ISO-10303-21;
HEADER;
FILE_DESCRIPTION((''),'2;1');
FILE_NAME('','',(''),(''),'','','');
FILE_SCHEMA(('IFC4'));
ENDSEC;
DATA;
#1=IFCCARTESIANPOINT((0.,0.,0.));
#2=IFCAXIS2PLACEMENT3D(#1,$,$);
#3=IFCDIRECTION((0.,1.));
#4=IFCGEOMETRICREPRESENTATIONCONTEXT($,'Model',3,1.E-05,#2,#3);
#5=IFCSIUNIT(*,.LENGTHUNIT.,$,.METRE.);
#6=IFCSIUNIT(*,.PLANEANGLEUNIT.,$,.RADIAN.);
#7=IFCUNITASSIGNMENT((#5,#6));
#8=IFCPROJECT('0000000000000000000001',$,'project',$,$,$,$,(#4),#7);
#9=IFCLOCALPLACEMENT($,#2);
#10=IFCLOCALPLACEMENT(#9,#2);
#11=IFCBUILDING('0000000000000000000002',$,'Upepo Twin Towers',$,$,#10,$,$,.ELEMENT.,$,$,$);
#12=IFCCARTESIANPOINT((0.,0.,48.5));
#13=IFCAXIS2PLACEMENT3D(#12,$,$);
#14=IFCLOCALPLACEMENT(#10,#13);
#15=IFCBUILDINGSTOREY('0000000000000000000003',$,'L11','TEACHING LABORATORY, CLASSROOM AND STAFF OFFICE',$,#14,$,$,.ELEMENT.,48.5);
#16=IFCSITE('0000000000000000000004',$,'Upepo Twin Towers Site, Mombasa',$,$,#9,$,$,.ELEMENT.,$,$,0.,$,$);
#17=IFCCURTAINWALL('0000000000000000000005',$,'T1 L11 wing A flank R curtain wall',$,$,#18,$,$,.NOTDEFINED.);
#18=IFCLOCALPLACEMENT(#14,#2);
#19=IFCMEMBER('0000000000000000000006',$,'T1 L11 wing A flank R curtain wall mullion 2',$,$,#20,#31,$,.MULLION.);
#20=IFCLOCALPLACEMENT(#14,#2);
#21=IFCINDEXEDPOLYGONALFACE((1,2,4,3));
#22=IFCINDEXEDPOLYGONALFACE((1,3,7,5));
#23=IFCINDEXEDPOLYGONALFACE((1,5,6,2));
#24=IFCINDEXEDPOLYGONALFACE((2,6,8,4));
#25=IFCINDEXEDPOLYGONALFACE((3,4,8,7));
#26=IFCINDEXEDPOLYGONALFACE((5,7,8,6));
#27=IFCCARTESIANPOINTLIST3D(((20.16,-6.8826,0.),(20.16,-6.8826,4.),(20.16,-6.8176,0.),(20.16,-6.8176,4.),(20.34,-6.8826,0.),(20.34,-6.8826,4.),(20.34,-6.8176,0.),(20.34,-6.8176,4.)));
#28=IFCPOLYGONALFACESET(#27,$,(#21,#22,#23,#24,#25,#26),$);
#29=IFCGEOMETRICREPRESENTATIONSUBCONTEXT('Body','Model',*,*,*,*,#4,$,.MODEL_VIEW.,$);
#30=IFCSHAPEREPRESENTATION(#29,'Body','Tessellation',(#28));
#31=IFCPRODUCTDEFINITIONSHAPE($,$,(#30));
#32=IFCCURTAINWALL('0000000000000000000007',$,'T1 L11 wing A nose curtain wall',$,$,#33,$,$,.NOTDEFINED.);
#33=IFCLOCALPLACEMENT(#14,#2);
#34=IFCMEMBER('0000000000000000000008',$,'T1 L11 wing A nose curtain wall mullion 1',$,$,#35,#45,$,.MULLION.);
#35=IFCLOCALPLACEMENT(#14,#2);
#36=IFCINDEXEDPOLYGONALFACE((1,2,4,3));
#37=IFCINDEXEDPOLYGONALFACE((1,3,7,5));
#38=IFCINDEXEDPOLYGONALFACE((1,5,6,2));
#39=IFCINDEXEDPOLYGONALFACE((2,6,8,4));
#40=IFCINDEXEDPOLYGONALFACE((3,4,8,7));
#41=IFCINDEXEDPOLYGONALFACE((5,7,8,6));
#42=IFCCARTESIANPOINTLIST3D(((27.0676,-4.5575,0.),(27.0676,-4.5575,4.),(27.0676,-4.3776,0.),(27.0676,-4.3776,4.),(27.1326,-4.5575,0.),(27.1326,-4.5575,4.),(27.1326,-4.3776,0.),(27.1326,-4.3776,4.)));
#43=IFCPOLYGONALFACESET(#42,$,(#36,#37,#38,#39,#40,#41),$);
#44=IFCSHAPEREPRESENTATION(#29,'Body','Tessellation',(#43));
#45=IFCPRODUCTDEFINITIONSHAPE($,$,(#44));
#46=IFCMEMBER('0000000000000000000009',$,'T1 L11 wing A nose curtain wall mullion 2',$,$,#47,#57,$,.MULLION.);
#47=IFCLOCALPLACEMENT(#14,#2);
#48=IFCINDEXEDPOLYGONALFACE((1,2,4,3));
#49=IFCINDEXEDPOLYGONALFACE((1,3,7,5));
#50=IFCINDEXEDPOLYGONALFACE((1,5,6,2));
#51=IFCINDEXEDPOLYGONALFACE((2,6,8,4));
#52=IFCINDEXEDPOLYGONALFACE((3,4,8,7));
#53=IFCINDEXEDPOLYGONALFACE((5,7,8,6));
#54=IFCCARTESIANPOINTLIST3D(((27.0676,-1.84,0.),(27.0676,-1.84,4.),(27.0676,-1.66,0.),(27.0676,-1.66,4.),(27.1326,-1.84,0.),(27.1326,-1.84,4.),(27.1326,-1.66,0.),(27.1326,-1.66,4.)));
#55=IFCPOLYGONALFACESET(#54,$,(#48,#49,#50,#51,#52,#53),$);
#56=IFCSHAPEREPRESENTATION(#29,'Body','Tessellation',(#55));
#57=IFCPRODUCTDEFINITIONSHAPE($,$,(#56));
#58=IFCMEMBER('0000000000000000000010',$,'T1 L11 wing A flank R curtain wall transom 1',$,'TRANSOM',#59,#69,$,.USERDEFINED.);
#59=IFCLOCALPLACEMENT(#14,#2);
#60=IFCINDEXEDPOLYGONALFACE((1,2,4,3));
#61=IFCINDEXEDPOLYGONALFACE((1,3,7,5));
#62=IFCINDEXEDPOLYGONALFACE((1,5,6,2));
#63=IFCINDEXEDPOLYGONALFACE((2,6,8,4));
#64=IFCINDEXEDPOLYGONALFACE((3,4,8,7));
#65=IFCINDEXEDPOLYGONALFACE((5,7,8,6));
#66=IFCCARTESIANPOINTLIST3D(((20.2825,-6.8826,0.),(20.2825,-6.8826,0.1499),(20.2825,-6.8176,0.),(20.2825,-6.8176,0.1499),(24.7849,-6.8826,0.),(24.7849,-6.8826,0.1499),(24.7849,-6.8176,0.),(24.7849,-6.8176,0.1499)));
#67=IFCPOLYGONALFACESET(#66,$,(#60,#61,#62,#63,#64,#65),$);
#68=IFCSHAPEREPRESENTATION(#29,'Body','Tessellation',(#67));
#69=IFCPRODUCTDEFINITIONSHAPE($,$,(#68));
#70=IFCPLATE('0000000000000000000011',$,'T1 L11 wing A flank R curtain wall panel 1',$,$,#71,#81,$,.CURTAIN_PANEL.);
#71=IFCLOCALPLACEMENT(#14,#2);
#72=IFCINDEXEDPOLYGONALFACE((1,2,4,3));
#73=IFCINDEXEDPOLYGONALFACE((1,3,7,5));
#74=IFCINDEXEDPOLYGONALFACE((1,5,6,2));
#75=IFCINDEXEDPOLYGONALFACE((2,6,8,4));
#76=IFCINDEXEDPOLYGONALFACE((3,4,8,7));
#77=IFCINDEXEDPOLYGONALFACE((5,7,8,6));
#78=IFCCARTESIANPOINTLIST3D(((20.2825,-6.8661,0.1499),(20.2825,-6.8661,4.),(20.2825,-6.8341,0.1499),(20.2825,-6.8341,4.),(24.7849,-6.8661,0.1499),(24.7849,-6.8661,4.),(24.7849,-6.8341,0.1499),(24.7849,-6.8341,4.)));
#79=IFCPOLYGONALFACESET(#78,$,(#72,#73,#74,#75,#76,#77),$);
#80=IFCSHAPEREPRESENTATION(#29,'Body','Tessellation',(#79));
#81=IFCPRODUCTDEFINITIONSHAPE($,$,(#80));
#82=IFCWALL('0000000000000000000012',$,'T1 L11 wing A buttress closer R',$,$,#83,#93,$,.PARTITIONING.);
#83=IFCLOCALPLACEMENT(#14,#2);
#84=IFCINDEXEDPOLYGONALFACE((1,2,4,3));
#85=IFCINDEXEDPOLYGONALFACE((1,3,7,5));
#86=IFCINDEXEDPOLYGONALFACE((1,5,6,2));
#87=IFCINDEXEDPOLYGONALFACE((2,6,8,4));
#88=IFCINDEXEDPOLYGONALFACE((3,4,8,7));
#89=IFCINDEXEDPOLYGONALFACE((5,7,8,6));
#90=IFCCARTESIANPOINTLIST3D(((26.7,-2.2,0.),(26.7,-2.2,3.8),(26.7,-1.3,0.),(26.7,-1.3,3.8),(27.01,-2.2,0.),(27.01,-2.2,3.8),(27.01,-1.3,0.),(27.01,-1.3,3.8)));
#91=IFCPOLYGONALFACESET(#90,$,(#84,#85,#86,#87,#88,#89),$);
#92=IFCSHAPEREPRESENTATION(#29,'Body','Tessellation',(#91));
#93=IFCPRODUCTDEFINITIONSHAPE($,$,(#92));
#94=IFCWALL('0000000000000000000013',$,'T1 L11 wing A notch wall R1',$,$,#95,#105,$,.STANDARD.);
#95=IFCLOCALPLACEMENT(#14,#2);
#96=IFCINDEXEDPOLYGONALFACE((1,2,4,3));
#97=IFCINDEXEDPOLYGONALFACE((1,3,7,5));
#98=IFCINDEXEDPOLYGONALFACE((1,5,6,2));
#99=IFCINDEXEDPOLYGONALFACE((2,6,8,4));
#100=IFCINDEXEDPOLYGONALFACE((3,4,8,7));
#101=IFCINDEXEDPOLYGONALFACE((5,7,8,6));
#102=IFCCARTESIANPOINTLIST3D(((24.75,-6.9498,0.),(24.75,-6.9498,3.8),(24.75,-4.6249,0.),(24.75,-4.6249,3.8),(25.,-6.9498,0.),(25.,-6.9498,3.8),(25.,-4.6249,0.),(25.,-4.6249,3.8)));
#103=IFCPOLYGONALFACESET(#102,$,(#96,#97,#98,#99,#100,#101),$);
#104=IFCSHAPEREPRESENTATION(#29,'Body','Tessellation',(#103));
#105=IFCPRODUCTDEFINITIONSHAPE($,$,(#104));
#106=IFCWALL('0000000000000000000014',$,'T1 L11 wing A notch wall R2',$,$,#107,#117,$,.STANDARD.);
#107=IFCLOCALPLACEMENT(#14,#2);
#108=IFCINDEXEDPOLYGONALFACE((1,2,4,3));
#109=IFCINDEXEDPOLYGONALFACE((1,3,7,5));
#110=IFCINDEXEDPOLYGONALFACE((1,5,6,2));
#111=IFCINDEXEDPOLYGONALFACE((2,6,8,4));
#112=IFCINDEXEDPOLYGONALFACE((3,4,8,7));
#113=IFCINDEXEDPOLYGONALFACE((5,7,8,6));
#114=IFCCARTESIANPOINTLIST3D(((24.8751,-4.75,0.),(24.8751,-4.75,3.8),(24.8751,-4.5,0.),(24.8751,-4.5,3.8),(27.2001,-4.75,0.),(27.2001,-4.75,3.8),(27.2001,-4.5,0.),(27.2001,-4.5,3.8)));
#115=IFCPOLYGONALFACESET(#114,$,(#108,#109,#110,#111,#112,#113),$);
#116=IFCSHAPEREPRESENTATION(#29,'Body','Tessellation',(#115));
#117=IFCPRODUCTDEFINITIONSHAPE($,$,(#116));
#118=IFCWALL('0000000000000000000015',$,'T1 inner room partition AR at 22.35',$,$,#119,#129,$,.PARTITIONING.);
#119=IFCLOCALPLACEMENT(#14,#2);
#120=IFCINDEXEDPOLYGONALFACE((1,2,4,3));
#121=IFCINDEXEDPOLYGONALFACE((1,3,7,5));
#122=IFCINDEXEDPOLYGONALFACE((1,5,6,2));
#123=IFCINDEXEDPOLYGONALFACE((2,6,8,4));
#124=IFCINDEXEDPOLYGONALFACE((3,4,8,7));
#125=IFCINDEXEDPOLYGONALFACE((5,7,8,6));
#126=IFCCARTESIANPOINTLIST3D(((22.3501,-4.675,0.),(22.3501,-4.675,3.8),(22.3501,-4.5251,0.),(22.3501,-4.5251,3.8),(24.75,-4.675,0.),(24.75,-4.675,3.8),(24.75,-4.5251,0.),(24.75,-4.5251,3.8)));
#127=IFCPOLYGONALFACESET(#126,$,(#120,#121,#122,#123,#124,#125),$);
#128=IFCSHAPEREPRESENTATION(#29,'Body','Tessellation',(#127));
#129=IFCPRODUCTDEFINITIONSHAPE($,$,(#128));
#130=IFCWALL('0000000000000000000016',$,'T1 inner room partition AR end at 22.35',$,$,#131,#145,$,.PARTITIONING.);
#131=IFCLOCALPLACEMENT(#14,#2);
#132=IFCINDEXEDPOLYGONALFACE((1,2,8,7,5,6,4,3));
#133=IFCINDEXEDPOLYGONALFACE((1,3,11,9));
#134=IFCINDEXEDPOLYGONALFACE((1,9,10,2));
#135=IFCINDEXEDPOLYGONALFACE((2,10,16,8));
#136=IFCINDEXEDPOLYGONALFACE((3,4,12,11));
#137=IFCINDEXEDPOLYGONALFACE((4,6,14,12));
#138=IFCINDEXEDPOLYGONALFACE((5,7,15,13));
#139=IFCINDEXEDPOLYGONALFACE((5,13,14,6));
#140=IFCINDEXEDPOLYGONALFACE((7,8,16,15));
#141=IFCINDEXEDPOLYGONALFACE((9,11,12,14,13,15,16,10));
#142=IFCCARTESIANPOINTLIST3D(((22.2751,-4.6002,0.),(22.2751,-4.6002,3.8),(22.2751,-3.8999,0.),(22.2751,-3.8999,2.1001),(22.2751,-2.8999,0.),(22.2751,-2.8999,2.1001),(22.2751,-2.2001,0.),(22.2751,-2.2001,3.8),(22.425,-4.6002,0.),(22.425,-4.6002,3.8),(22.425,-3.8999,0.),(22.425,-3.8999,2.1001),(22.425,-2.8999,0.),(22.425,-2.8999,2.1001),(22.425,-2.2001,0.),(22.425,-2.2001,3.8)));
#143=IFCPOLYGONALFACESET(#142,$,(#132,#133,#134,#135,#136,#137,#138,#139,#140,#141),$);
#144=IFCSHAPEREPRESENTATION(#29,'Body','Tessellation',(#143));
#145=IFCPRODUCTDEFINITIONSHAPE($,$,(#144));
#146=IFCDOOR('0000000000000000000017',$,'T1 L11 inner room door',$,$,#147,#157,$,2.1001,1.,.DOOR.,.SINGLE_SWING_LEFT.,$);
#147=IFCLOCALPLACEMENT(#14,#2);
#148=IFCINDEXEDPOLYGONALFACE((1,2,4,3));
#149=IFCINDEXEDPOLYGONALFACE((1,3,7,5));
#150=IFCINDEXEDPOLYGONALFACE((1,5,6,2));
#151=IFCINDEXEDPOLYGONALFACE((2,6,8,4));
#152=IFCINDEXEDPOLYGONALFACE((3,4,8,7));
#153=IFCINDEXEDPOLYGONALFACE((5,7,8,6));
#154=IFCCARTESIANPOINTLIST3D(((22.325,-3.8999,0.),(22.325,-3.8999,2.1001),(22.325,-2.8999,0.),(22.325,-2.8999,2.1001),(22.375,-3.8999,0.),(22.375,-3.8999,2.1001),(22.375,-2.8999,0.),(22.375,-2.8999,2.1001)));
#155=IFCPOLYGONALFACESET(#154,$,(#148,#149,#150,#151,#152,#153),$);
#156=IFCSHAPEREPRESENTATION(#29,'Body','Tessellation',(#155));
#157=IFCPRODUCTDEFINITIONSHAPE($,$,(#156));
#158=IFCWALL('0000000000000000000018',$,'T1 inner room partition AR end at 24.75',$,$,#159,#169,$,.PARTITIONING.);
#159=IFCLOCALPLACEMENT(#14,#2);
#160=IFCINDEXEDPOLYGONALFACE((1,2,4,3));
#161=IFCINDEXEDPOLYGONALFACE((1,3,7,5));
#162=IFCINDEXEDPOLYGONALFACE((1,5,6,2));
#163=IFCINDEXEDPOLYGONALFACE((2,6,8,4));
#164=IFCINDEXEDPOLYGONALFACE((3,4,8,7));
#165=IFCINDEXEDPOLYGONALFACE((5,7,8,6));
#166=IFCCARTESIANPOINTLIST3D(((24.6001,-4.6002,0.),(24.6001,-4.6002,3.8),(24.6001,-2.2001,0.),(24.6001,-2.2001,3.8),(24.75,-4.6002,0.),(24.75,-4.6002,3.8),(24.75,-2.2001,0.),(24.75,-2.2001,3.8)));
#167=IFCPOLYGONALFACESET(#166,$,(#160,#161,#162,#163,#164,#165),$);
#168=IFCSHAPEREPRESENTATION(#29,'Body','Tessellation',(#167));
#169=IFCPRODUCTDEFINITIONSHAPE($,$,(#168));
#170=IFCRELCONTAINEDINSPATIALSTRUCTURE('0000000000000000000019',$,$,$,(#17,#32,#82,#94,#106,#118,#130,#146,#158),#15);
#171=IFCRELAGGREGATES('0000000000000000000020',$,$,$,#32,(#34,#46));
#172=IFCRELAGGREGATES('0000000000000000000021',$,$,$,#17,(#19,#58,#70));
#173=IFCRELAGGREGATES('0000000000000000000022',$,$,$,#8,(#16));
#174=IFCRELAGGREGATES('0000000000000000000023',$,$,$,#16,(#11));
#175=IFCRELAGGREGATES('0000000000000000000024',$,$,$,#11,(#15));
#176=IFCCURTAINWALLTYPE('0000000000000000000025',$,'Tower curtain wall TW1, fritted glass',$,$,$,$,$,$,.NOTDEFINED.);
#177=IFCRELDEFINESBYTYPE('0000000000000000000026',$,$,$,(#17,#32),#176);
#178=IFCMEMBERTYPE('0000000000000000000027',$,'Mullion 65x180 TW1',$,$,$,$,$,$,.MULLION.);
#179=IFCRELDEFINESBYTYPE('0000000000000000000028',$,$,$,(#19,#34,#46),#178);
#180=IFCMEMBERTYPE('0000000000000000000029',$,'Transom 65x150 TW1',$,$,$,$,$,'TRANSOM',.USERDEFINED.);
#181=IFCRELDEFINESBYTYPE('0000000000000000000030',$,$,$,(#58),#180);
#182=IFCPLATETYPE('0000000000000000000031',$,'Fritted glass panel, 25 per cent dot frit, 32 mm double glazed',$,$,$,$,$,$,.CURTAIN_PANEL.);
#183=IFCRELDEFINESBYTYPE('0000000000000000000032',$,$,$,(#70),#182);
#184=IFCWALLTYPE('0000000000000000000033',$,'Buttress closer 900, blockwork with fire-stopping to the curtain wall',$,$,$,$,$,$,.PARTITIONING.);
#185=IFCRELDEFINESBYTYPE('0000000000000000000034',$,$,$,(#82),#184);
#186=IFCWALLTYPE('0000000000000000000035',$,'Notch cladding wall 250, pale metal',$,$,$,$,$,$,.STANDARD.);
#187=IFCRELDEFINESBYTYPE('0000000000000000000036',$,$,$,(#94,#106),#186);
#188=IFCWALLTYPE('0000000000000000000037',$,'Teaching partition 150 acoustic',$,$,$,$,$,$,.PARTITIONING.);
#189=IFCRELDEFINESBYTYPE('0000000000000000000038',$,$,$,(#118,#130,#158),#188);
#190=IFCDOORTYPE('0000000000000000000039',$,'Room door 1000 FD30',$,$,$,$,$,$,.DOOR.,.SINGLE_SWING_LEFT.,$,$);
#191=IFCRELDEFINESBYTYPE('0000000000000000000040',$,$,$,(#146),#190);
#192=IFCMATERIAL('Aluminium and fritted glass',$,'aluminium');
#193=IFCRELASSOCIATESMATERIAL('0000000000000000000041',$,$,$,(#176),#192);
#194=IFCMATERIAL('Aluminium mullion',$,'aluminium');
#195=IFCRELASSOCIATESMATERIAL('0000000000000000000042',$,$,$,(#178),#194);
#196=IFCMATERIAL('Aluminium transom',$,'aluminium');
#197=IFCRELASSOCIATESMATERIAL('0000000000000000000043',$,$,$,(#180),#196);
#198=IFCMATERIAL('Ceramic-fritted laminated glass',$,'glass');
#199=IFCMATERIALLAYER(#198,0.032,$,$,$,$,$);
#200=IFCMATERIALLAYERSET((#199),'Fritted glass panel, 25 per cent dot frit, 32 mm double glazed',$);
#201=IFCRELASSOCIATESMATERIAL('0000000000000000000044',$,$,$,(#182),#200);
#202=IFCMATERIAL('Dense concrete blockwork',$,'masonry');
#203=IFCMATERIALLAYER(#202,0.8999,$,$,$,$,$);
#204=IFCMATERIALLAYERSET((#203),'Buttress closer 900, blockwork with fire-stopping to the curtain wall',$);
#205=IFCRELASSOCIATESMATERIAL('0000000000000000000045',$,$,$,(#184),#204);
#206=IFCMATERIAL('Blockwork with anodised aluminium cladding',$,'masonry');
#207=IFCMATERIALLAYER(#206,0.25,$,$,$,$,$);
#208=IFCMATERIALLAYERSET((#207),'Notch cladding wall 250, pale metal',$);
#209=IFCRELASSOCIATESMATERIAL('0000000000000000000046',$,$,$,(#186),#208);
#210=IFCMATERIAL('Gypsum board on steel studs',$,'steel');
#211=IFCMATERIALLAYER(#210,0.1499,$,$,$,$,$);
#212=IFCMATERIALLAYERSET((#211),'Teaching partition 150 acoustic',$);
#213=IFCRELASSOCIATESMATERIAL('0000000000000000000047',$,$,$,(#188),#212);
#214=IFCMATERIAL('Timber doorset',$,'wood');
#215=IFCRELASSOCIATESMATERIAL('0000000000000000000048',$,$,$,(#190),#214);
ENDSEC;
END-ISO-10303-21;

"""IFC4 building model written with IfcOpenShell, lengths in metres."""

from ifc_helpers import new_model, si_unit, direction, frame, frame_2d, origin, origin_2d, place, context, subcontext, project, spatial, rectangle, extrude, material, layer, layer_set, material_profile, profile_set, type_object, element, fill, aggregate, save


model = new_model("IFC4")

# Units and contexts
model_context = context("Model", 3, precision=1e-05, world=origin(), true_north=direction((0.0, 1.0)))
body_context = subcontext(model_context, "Body", "Model", "MODEL_VIEW")
ifc_project = project(units=[si_unit("LENGTHUNIT", "METRE"), si_unit("PLANEANGLEUNIT", "RADIAN")], contexts=[model_context])

# Site, building, storey
site_placement = place(None, origin())
site = spatial("IfcSite", under=ifc_project, at=site_placement, Name="Upepo Twin Towers Site, Mombasa", CompositionType="ELEMENT", RefElevation=0.0)
building_placement = place(site_placement, origin())
building = spatial("IfcBuilding", under=site, at=building_placement, Name="Upepo Twin Towers", CompositionType="ELEMENT")
storey_placement = place(building_placement, frame((0.0, 0.0, 48.5)))
storey = spatial("IfcBuildingStorey", under=building, at=storey_placement, Name="L11", Description="TEACHING LABORATORY, CLASSROOM AND STAFF OFFICE", CompositionType="ELEMENT", Elevation=48.5)

# Curtain walls, members
ifc_material_1 = material(Name="Aluminium and fritted glass", Category="aluminium")
curtain_wall_type = type_object("IfcCurtainWallType", Name="Tower curtain wall TW1, fritted glass", PredefinedType="NOTDEFINED", material=ifc_material_1)
curtain_wall_1_placement = place(storey_placement, origin())
curtain_wall_1 = element("IfcCurtainWall", 1, at=curtain_wall_1_placement, inside=storey, type_object=curtain_wall_type, Name="T1 L11 wing A flank R curtain wall", PredefinedType="NOTDEFINED")
ifc_material_2 = material(Name="Aluminium mullion", Category="aluminium")
ifc_material_profile_1 = material_profile(ifc_material_2, rectangle(XDim=0.0649, YDim=0.1799, at=origin_2d()), Name="MULLION 65x180")
ifc_profile_set_1 = profile_set([ifc_material_profile_1], Name="Aluminium mullion")
member_type_1 = type_object("IfcMemberType", Name="Mullion 65x180 TW1", PredefinedType="MULLION", material=ifc_profile_set_1)
member_1_placement = place(storey_placement, frame((20.25, -6.8501, 0.0), z_axis=(0.0, 0.0, 1.0), x_axis=(0.0, -1.0, 0.0)))
member_1 = element("IfcMember", 2, at=member_1_placement, type_object=member_type_1, Name="T1 L11 wing A flank R curtain wall mullion 2", PredefinedType="MULLION", context=body_context, shape_type="SweptSolid", body=[
    extrude(rectangle(XDim=0.0649, YDim=0.1799, at=origin_2d()), origin(), (0.0, 0.0, 1.0), 4.0),
])
curtain_wall_2_placement = place(storey_placement, origin())
curtain_wall_2 = element("IfcCurtainWall", 3, at=curtain_wall_2_placement, inside=storey, type_object=curtain_wall_type, Name="T1 L11 wing A nose curtain wall", PredefinedType="NOTDEFINED")
member_2_placement = place(storey_placement, frame((27.1001, -4.4675, 0.0), z_axis=(0.0, 0.0, 1.0), x_axis=(-1.0, 0.0, 0.0)))
member_2 = element("IfcMember", 4, at=member_2_placement, type_object=member_type_1, Name="T1 L11 wing A nose curtain wall mullion 1", PredefinedType="MULLION", context=body_context, shape_type="SweptSolid", body=[
    extrude(rectangle(XDim=0.0649, YDim=0.1799, at=origin_2d()), origin(), (0.0, 0.0, 1.0), 4.0),
])
member_3_placement = place(storey_placement, frame((27.1001, -1.75, 0.0), z_axis=(0.0, 0.0, 1.0), x_axis=(-1.0, 0.0, 0.0)))
member_3 = element("IfcMember", 5, at=member_3_placement, type_object=member_type_1, Name="T1 L11 wing A nose curtain wall mullion 2", PredefinedType="MULLION", context=body_context, shape_type="SweptSolid", body=[
    extrude(rectangle(XDim=0.0649, YDim=0.1799, at=origin_2d()), origin(), (0.0, 0.0, 1.0), 4.0),
])
aggregate(curtain_wall_2, [member_2, member_3])

# Member
ifc_material_3 = material(Name="Aluminium transom", Category="aluminium")
ifc_material_profile_2 = material_profile(ifc_material_3, rectangle(XDim=0.0649, YDim=0.1499, at=origin_2d()), Name="TRANSOM 65x150")
ifc_profile_set_2 = profile_set([ifc_material_profile_2], Name="Aluminium transom")
member_type_2 = type_object("IfcMemberType", Name="Transom 65x150 TW1", ElementType="TRANSOM", PredefinedType="USERDEFINED", material=ifc_profile_set_2)
member_4_placement = place(storey_placement, frame((24.7849, -6.8501, 0.075), z_axis=(-1.0, 0.0, 0.0), x_axis=(0.0, -1.0, 0.0)))
member_4 = element("IfcMember", 6, at=member_4_placement, type_object=member_type_2, Name="T1 L11 wing A flank R curtain wall transom 1", ObjectType="TRANSOM", PredefinedType="USERDEFINED", context=body_context, shape_type="SweptSolid", body=[
    extrude(rectangle(XDim=0.0649, YDim=0.1499, at=origin_2d()), origin(), (0.0, 0.0, 1.0), 4.5024),
])

# Plate
ifc_material_4 = material(Name="Ceramic-fritted laminated glass", Category="glass")
ifc_layer_1 = layer(ifc_material_4, 0.032)
ifc_layer_set_1 = layer_set([ifc_layer_1], Name="Fritted glass panel, 25 per cent dot frit, 32 mm double glazed")
plate_type = type_object("IfcPlateType", Name="Fritted glass panel, 25 per cent dot frit, 32 mm double glazed", PredefinedType="CURTAIN_PANEL", material=ifc_layer_set_1)
plate_placement = place(storey_placement, frame((22.5337, -6.8501, 0.1499), z_axis=(0.0, 0.0, 1.0), x_axis=(-1.0, 0.0, 0.0)))
plate = element("IfcPlate", 7, at=plate_placement, type_object=plate_type, Name="T1 L11 wing A flank R curtain wall panel 1", PredefinedType="CURTAIN_PANEL", context=body_context, shape_type="SweptSolid", body=[
    extrude(rectangle(XDim=4.5024, YDim=0.032, at=origin_2d()), origin(), (0.0, 0.0, 1.0), 3.8501),
])
aggregate(curtain_wall_1, [member_1, member_4, plate])

# Walls
ifc_material_5 = material(Name="Dense concrete blockwork", Category="masonry")
ifc_layer_2 = layer(ifc_material_5, 0.8999)
ifc_layer_set_2 = layer_set([ifc_layer_2], Name="Buttress closer 900, blockwork with fire-stopping to the curtain wall")
wall_type_1 = type_object("IfcWallType", Name="Buttress closer 900, blockwork with fire-stopping to the curtain wall", PredefinedType="PARTITIONING", material=ifc_layer_set_2)
wall_1_placement = place(storey_placement, frame((26.7, -1.75, 0.0), z_axis=(0.0, 0.0, 1.0), x_axis=(1.0, 0.0, 0.0)))
element("IfcWall", 8, at=wall_1_placement, inside=storey, type_object=wall_type_1, Name="T1 L11 wing A buttress closer R", PredefinedType="PARTITIONING", context=body_context, shape_type="SweptSolid", body=[
    extrude(rectangle(XDim=0.3101, YDim=0.8999, at=frame_2d((0.155, 0.0))), origin(), (0.0, 0.0, 1.0), 3.8),
])
ifc_material_6 = material(Name="Blockwork with anodised aluminium cladding", Category="masonry")
ifc_layer_3 = layer(ifc_material_6, 0.25)
ifc_layer_set_3 = layer_set([ifc_layer_3], Name="Notch cladding wall 250, pale metal")
wall_type_2 = type_object("IfcWallType", Name="Notch cladding wall 250, pale metal", PredefinedType="STANDARD", material=ifc_layer_set_3)
for number, where, z_axis, x_axis, name in (
    (9, (24.875, -6.95, 0.0), (0.0, 0.0, 1.0), (0.0, 1.0, 0.0), "T1 L11 wing A notch wall R1"),
    (10, (24.875, -4.625, 0.0), (0.0, 0.0, 1.0), (1.0, 0.0, 0.0), "T1 L11 wing A notch wall R2"),
):
    element("IfcWall", number, at=place(storey_placement, frame(where, z_axis=z_axis, x_axis=x_axis)), inside=storey, type_object=wall_type_2, Name=name, PredefinedType="STANDARD", context=body_context, shape_type="SweptSolid", body=[
        extrude(rectangle(XDim=2.325, YDim=0.25, at=frame_2d((1.1626, 0.0))), origin(), (0.0, 0.0, 1.0), 3.8),
    ])
ifc_material_7 = material(Name="Gypsum board on steel studs", Category="steel")
ifc_layer_4 = layer(ifc_material_7, 0.1499)
ifc_layer_set_4 = layer_set([ifc_layer_4], Name="Teaching partition 150 acoustic")
wall_type_3 = type_object("IfcWallType", Name="Teaching partition 150 acoustic", PredefinedType="PARTITIONING", material=ifc_layer_set_4)
wall_2_placement = place(storey_placement, frame((22.3501, -4.6001, 0.0), z_axis=(0.0, 0.0, 1.0), x_axis=(1.0, 0.0, 0.0)))
element("IfcWall", 11, at=wall_2_placement, inside=storey, type_object=wall_type_3, Name="T1 inner room partition AR at 22.35", PredefinedType="PARTITIONING", context=body_context, shape_type="SweptSolid", body=[
    extrude(rectangle(XDim=2.3999, YDim=0.1499, at=frame_2d((1.2, 0.0))), origin(), (0.0, 0.0, 1.0), 3.8),
])

# Wall, opening, door
wall_3_placement = place(storey_placement, frame((22.3501, -2.2, 0.0), z_axis=(0.0, 0.0, 1.0), x_axis=(0.0, -1.0, 0.0)))
wall_3 = element("IfcWall", 12, at=wall_3_placement, inside=storey, type_object=wall_type_3, Name="T1 inner room partition AR end at 22.35", PredefinedType="PARTITIONING", context=body_context, shape_type="SweptSolid", body=[
    extrude(rectangle(XDim=2.4001, YDim=0.1499, at=frame_2d((1.2002, 0.0))), origin(), (0.0, 0.0, 1.0), 3.8),
])
opening_1_placement = place(wall_3_placement, frame((0.7, 0.0, 0.0)))
opening_1 = element("IfcOpeningElement", 13, at=opening_1_placement, cuts=wall_3, PredefinedType="OPENING", context=body_context, shape_type="SweptSolid", body=[
    extrude(rectangle(XDim=1.0, YDim=2.1001, at=frame_2d((0.5, 1.05))), frame((0.0, 0.085, 0.0), z_axis=(0.0, -1.0, 0.0), x_axis=(1.0, 0.0, 0.0)), (0.0, 0.0, 1.0), 0.1699),
])
ifc_material_8 = material(Name="Timber doorset", Category="wood")
door_type = type_object("IfcDoorType", Name="Room door 1000 FD30", OperationType="SINGLE_SWING_LEFT", PredefinedType="DOOR", material=ifc_material_8)
door_1_placement = place(opening_1_placement, origin())
door_1 = element("IfcDoor", 14, at=door_1_placement, inside=storey, type_object=door_type, Name="T1 L11 inner room door", OperationType="SINGLE_SWING_LEFT", OverallHeight=2.1001, OverallWidth=1.0, PredefinedType="DOOR", context=body_context, shape_type="SweptSolid", body=[
    extrude(rectangle(XDim=1.0, YDim=2.1001, at=frame_2d((0.5, 1.05))), frame((0.0, 0.0249, 0.0), z_axis=(0.0, -1.0, 0.0), x_axis=(1.0, 0.0, 0.0)), (0.0, 0.0, 1.0), 0.05),
])
fill(opening_1, door_1)

# Wall
wall_4_placement = place(storey_placement, frame((24.675, -2.2, 0.0), z_axis=(0.0, 0.0, 1.0), x_axis=(0.0, -1.0, 0.0)))
element("IfcWall", 15, at=wall_4_placement, inside=storey, type_object=wall_type_3, Name="T1 inner room partition AR end at 24.75", PredefinedType="PARTITIONING", context=body_context, shape_type="SweptSolid", body=[
    extrude(rectangle(XDim=2.4001, YDim=0.1499, at=frame_2d((1.2002, 0.0))), origin(), (0.0, 0.0, 1.0), 3.8),
])

save(model, "model.ifc")
